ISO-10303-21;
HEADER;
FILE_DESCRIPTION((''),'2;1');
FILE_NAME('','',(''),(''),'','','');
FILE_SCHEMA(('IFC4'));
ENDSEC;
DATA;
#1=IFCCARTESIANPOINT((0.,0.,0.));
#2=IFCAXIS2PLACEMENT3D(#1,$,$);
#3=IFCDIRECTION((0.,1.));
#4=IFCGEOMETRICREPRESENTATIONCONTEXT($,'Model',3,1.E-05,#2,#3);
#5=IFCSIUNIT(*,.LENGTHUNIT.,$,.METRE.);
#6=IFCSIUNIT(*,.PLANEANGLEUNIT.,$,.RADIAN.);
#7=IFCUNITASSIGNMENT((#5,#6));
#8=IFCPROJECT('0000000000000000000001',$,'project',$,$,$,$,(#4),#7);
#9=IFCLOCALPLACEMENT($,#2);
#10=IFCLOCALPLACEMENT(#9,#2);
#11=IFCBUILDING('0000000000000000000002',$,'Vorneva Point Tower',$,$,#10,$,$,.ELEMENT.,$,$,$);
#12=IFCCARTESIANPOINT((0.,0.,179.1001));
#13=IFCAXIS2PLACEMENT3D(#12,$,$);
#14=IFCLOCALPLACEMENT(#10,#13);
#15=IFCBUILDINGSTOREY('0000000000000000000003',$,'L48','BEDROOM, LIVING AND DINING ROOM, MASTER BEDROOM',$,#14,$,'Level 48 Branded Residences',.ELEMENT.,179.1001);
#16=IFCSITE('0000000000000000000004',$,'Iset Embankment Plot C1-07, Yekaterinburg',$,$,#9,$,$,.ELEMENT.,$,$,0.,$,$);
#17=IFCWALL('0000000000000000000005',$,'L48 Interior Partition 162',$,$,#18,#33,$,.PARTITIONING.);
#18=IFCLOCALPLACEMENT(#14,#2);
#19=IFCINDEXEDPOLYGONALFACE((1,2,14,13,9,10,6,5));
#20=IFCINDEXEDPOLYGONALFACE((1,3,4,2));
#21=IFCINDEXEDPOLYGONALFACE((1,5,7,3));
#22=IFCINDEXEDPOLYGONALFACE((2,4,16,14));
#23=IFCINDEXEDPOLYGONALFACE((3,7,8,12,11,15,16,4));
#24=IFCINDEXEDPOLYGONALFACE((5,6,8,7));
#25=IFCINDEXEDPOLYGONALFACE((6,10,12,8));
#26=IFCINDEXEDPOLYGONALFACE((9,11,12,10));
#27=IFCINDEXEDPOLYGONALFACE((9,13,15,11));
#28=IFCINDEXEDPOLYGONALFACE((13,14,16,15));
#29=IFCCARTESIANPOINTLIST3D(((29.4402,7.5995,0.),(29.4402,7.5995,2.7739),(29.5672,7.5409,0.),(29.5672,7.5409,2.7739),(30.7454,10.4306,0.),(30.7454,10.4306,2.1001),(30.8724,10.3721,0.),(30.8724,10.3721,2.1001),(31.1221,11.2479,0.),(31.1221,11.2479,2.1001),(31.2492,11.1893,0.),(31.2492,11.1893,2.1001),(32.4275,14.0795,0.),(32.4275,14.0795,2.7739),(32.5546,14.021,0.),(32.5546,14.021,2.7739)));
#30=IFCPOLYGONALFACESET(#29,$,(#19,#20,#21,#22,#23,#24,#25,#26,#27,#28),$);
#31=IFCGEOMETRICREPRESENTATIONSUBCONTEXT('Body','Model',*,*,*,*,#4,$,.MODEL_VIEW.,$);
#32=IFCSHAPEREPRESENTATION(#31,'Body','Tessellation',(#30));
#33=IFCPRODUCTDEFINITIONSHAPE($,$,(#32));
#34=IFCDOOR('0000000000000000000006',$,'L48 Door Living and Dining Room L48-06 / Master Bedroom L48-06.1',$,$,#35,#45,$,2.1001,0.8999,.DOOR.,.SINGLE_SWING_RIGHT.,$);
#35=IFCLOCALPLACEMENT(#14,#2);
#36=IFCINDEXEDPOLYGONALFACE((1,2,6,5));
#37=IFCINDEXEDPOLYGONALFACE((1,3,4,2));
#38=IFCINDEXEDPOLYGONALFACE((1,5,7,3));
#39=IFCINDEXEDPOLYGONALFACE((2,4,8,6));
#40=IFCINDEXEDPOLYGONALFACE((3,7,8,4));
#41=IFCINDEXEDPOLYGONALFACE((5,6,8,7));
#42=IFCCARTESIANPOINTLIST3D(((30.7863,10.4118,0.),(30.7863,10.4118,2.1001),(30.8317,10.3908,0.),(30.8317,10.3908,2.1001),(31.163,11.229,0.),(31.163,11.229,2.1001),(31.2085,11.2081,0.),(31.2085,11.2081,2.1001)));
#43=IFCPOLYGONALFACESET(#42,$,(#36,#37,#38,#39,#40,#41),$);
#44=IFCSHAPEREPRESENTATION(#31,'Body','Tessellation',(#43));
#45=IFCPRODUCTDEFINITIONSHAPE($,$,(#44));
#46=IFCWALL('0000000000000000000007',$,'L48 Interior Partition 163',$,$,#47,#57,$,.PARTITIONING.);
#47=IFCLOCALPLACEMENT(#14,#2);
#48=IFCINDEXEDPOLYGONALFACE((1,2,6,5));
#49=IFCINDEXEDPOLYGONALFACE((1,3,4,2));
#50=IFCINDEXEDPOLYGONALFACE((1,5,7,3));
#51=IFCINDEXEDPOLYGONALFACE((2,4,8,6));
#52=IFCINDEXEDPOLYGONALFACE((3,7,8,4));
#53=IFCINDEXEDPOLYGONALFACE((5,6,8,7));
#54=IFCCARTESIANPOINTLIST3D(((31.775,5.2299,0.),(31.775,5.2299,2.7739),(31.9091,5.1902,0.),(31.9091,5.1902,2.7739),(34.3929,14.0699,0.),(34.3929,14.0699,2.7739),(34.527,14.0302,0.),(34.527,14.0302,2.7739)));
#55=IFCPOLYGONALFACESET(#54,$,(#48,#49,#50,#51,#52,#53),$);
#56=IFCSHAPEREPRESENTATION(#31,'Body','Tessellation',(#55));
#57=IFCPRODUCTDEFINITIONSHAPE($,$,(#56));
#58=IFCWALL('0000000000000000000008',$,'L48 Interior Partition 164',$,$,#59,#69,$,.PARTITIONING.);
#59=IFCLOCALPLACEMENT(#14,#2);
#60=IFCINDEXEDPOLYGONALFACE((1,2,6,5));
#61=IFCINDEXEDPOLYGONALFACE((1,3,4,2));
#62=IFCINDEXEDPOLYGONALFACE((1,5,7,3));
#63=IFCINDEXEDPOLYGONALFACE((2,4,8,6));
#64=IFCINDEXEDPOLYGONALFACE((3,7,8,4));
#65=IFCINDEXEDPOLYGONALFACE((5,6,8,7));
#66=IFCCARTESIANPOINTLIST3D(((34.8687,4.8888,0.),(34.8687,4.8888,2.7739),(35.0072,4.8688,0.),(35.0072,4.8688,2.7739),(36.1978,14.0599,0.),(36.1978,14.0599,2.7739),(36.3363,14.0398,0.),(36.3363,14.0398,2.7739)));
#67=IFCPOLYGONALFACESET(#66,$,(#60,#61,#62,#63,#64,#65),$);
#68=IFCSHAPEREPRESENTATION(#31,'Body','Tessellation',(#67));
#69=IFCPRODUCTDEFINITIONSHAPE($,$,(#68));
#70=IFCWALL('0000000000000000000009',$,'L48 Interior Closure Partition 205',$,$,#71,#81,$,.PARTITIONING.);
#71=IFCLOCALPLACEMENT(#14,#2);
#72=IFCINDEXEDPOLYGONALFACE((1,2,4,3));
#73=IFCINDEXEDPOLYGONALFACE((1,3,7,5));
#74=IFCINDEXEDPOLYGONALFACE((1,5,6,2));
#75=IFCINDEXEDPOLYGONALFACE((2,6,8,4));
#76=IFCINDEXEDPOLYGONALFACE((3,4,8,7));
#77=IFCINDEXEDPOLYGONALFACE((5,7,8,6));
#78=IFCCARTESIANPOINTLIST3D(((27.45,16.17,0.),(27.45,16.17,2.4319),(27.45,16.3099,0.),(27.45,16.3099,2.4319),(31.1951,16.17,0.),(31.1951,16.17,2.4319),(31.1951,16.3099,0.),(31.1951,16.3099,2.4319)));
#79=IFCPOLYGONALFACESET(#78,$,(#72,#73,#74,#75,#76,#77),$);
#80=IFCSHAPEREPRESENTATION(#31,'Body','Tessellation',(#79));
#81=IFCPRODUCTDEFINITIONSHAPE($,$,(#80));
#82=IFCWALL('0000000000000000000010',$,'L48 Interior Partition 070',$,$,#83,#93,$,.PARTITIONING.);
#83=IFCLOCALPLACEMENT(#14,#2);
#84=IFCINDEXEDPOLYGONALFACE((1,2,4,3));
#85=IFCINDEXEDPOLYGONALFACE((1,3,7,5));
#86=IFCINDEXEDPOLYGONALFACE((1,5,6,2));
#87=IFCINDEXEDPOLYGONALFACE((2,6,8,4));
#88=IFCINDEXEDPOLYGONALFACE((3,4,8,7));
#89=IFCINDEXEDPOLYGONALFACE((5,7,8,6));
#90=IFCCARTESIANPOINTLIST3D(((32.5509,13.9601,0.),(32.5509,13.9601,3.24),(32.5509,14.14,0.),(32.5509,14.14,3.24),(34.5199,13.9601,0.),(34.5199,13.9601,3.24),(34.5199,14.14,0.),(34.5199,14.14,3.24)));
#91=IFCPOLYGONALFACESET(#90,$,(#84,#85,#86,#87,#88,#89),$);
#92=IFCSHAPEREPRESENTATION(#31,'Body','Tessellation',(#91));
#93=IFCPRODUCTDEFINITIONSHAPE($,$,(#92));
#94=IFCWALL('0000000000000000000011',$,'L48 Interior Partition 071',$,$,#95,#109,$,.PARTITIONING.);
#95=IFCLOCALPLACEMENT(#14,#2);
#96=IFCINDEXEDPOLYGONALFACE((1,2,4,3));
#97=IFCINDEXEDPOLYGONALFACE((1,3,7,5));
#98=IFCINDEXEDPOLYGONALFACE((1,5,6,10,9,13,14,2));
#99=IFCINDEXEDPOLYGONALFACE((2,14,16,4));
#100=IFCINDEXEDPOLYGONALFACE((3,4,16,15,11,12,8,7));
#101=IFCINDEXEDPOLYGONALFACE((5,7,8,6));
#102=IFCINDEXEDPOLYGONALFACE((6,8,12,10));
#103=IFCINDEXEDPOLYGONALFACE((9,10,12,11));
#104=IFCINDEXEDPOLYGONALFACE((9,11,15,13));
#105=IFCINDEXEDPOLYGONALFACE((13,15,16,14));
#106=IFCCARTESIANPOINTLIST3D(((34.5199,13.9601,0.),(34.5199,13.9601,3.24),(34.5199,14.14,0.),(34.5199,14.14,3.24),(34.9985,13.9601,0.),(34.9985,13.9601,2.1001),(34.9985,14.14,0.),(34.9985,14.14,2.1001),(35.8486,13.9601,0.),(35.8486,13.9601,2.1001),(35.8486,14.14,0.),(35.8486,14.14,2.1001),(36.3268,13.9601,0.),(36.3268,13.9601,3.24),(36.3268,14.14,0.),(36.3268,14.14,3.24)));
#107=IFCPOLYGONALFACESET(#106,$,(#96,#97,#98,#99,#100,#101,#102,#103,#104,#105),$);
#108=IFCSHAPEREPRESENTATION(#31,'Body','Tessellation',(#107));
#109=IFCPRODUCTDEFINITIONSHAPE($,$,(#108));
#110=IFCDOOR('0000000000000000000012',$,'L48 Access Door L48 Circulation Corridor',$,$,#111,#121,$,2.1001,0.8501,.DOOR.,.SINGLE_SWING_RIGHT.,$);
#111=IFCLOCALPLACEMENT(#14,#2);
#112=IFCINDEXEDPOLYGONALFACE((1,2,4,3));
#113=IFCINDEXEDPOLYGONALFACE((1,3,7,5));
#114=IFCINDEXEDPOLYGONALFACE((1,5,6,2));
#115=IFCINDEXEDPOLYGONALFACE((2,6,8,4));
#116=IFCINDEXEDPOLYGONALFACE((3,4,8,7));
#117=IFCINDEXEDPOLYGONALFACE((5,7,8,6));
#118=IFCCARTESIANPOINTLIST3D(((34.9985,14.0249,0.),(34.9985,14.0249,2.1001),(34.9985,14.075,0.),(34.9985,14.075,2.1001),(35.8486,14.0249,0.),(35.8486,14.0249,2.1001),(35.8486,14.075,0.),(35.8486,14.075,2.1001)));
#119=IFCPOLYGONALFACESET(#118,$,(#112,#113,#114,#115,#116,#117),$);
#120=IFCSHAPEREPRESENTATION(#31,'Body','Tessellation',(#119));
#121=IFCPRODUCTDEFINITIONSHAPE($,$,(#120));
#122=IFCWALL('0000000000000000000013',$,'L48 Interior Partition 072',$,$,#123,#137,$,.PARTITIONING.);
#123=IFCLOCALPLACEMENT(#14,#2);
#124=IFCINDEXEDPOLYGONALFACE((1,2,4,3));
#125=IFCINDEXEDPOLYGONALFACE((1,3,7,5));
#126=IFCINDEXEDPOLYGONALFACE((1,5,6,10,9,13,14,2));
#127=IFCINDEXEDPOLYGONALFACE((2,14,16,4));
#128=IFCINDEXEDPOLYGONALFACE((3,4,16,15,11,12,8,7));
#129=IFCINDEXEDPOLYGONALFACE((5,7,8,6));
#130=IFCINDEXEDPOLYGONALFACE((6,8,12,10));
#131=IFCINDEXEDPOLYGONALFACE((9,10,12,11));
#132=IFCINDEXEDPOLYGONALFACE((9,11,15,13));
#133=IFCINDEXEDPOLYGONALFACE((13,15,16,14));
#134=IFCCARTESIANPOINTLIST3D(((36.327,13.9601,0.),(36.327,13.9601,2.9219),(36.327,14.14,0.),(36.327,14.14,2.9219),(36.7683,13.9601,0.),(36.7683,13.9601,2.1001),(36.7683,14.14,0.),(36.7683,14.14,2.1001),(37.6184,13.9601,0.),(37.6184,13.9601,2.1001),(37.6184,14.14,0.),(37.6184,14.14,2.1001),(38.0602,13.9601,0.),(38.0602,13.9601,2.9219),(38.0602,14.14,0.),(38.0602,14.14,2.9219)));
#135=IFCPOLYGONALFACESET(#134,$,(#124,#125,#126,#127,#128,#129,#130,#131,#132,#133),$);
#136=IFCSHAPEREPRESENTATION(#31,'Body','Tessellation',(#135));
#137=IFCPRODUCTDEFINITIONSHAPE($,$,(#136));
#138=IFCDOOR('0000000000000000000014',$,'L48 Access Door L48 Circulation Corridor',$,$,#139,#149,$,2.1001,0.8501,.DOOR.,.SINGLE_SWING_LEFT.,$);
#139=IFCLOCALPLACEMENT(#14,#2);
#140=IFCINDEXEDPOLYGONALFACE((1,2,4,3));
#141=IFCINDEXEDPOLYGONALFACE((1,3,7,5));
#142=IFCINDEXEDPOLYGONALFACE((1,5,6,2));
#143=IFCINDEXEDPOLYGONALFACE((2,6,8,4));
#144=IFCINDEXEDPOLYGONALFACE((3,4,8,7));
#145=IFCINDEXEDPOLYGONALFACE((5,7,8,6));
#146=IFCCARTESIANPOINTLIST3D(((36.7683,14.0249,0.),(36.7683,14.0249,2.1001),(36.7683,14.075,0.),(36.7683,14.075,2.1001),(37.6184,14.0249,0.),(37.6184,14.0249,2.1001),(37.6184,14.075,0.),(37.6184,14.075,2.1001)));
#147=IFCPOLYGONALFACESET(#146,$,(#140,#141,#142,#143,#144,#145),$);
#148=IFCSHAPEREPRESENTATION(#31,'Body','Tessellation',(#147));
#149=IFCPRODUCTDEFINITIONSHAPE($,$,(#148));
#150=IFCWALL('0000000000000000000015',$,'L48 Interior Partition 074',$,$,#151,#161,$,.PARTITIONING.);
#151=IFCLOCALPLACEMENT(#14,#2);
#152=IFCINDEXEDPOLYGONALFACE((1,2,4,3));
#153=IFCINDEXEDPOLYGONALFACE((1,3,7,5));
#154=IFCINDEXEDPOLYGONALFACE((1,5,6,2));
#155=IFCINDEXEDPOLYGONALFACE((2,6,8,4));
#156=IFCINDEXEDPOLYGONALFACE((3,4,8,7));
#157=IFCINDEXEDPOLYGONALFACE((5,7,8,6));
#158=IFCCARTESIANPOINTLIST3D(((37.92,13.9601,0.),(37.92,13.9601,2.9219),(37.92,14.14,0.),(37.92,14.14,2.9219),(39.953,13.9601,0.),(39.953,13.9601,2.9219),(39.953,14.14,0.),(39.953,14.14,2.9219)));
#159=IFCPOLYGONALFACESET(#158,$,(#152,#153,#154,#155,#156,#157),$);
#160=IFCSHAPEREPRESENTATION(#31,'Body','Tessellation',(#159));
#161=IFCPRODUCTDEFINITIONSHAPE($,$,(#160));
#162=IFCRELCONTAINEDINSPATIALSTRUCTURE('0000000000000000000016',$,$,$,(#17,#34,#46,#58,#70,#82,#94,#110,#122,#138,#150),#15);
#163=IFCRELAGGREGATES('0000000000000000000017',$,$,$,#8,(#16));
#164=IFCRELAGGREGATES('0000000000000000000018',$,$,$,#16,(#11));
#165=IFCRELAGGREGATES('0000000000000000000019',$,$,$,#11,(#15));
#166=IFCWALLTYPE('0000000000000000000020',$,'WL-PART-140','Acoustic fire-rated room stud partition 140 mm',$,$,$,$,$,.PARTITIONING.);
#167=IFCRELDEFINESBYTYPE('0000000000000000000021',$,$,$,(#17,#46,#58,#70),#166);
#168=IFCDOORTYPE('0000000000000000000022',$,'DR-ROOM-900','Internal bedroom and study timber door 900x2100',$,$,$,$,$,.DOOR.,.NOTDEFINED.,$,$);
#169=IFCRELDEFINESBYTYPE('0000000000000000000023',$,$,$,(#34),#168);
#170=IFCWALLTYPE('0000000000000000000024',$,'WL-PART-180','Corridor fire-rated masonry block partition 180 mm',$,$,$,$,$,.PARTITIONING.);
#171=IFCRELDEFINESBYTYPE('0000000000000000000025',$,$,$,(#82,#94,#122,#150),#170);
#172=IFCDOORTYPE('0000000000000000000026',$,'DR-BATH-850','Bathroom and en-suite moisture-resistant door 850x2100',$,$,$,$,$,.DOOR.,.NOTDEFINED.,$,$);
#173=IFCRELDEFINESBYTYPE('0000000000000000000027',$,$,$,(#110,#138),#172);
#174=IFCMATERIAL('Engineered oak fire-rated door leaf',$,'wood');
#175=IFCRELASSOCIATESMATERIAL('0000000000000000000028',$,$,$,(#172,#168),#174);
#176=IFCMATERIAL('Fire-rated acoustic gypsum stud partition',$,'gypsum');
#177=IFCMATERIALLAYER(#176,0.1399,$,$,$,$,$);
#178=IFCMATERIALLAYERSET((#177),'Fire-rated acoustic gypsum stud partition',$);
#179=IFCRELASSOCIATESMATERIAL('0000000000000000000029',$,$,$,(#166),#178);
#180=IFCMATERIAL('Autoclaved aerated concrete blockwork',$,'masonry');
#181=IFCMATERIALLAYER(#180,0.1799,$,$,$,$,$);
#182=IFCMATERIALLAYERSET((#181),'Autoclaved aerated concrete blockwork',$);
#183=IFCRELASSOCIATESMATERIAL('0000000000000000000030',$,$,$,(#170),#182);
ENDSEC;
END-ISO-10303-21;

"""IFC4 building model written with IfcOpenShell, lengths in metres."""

from ifc_helpers import new_model, si_unit, direction, frame, frame_2d, origin, place, context, subcontext, project, spatial, rectangle, extrude, material, layer, layer_set, type_object, element, fill, save


model = new_model("IFC4")

# Units and contexts
model_context = context("Model", 3, precision=1e-05, world=origin(), true_north=direction((0.0, 1.0)))
body_context = subcontext(model_context, "Body", "Model", "MODEL_VIEW")
ifc_project = project(units=[si_unit("LENGTHUNIT", "METRE"), si_unit("PLANEANGLEUNIT", "RADIAN")], contexts=[model_context])

# Site, building, storey
site_placement = place(None, origin())
site = spatial("IfcSite", under=ifc_project, at=site_placement, Name="Iset Embankment Plot C1-07, Yekaterinburg", CompositionType="ELEMENT", RefElevation=0.0)
building_placement = place(site_placement, origin())
building = spatial("IfcBuilding", under=site, at=building_placement, Name="Vorneva Point Tower", CompositionType="ELEMENT")
storey_placement = place(building_placement, frame((0.0, 0.0, 179.1001)))
storey = spatial("IfcBuildingStorey", under=building, at=storey_placement, Name="L48", Description="BEDROOM, LIVING AND DINING ROOM, MASTER BEDROOM", LongName="Level 48 Branded Residences", CompositionType="ELEMENT", Elevation=179.1001)

# Shared definitions
ifc_material_1 = material(Name="Fire-rated acoustic gypsum stud partition", Category="gypsum")
ifc_material_2 = material(Name="Engineered oak fire-rated door leaf", Category="wood")
door_type_1 = type_object("IfcDoorType", Name="DR-BATH-850", Description="Bathroom and en-suite moisture-resistant door 850x2100", OperationType="NOTDEFINED", PredefinedType="DOOR", material=ifc_material_2)

# Wall, opening, door
ifc_layer_1 = layer(ifc_material_1, 0.1399)
ifc_layer_set_1 = layer_set([ifc_layer_1], Name="Fire-rated acoustic gypsum stud partition")
wall_type_1 = type_object("IfcWallType", Name="WL-PART-140", Description="Acoustic fire-rated room stud partition 140 mm", PredefinedType="PARTITIONING", material=ifc_layer_set_1)
wall_1_placement = place(storey_placement, frame((29.5037, 7.5701, 0.0), z_axis=(0.0, 0.0, 1.0), x_axis=(0.418659, 0.908144, 0.0)))
wall_1 = element("IfcWall", 1, at=wall_1_placement, inside=storey, type_object=wall_type_1, Name="L48 Interior Partition 162", PredefinedType="PARTITIONING", context=body_context, shape_type="SweptSolid", body=[
    extrude(rectangle(XDim=7.1355, YDim=0.1399, at=frame_2d((3.5679, 0.0))), origin(), (0.0, 0.0, 1.0), 2.7739),
])
opening_1_placement = place(wall_1_placement, frame((3.1177, 0.0, 0.0)))
opening_1 = element("IfcOpeningElement", 2, at=opening_1_placement, cuts=wall_1, PredefinedType="OPENING", context=body_context, shape_type="SweptSolid", body=[
    extrude(rectangle(XDim=0.8999, YDim=2.1001, at=frame_2d((0.45, 1.05))), frame((0.0, 0.085, 0.0), z_axis=(0.0, -1.0, 0.0), x_axis=(1.0, 0.0, 0.0)), (0.0, 0.0, 1.0), 0.1697),
])
door_type_2 = type_object("IfcDoorType", Name="DR-ROOM-900", Description="Internal bedroom and study timber door 900x2100", OperationType="NOTDEFINED", PredefinedType="DOOR", material=ifc_material_2)
door_1_placement = place(opening_1_placement, origin())
door_1 = element("IfcDoor", 3, at=door_1_placement, inside=storey, type_object=door_type_2, Name="L48 Door Living and Dining Room L48-06 / Master Bedroom L48-06.1", OperationType="SINGLE_SWING_RIGHT", OverallHeight=2.1001, OverallWidth=0.8999, PredefinedType="DOOR", context=body_context, shape_type="SweptSolid", body=[
    extrude(rectangle(XDim=0.8999, YDim=2.1001, at=frame_2d((0.45, 1.05))), frame((0.0, 0.0249, 0.0), z_axis=(0.0, -1.0, 0.0), x_axis=(1.0, 0.0, 0.0)), (0.0, 0.0, 1.0), 0.05),
])
fill(opening_1, door_1)

# Walls
wall_2_placement = place(storey_placement, frame((31.842, 5.21, 0.0), z_axis=(0.0, 0.0, 1.0), x_axis=(0.283952, 0.958838, 0.0)))
element("IfcWall", 4, at=wall_2_placement, inside=storey, type_object=wall_type_1, Name="L48 Interior Partition 163", PredefinedType="PARTITIONING", context=body_context, shape_type="SweptSolid", body=[
    extrude(rectangle(XDim=9.2195, YDim=0.1399, at=frame_2d((4.6099, 0.0))), origin(), (0.0, 0.0, 1.0), 2.7739),
])
wall_3_placement = place(storey_placement, frame((34.938, 4.8789, 0.0), z_axis=(0.0, 0.0, 1.0), x_axis=(0.143424, 0.989661, 0.0)))
element("IfcWall", 5, at=wall_3_placement, inside=storey, type_object=wall_type_1, Name="L48 Interior Partition 164", PredefinedType="PARTITIONING", context=body_context, shape_type="SweptSolid", body=[
    extrude(rectangle(XDim=9.2668, YDim=0.1399, at=frame_2d((4.6333, 0.0))), origin(), (0.0, 0.0, 1.0), 2.7739),
])
wall_4_placement = place(storey_placement, frame((27.45, 16.24, 0.0), z_axis=(0.0, 0.0, 1.0), x_axis=(1.0, 0.0, 0.0)))
element("IfcWall", 6, at=wall_4_placement, inside=storey, type_object=wall_type_1, Name="L48 Interior Closure Partition 205", PredefinedType="PARTITIONING", context=body_context, shape_type="SweptSolid", body=[
    extrude(rectangle(XDim=3.7451, YDim=0.1399, at=frame_2d((1.8726, 0.0))), origin(), (0.0, 0.0, 1.0), 2.4319),
])

# Shared definitions
ifc_material_3 = material(Name="Autoclaved aerated concrete blockwork", Category="masonry")
ifc_layer_2 = layer(ifc_material_3, 0.1799)
ifc_layer_set_2 = layer_set([ifc_layer_2], Name="Autoclaved aerated concrete blockwork")
wall_type_2 = type_object("IfcWallType", Name="WL-PART-180", Description="Corridor fire-rated masonry block partition 180 mm", PredefinedType="PARTITIONING", material=ifc_layer_set_2)

# Wall
wall_5_placement = place(storey_placement, frame((32.551, 14.05, 0.0), z_axis=(0.0, 0.0, 1.0), x_axis=(1.0, 0.0, 0.0)))
element("IfcWall", 7, at=wall_5_placement, inside=storey, type_object=wall_type_2, Name="L48 Interior Partition 070", PredefinedType="PARTITIONING", context=body_context, shape_type="SweptSolid", body=[
    extrude(rectangle(XDim=1.969, YDim=0.1799, at=frame_2d((0.9844, 0.0))), origin(), (0.0, 0.0, 1.0), 3.24),
])

# Walls, openings, doors
wall_6_placement = place(storey_placement, frame((34.52, 14.05, 0.0), z_axis=(0.0, 0.0, 1.0), x_axis=(1.0, 0.0, 0.0)))
wall_6 = element("IfcWall", 8, at=wall_6_placement, inside=storey, type_object=wall_type_2, Name="L48 Interior Partition 071", PredefinedType="PARTITIONING", context=body_context, shape_type="SweptSolid", body=[
    extrude(rectangle(XDim=1.8069, YDim=0.1799, at=frame_2d((0.9033, 0.0))), origin(), (0.0, 0.0, 1.0), 3.24),
])
opening_2_placement = place(wall_6_placement, frame((0.4785, 0.0, 0.0)))
opening_2 = element("IfcOpeningElement", 9, at=opening_2_placement, cuts=wall_6, PredefinedType="OPENING", context=body_context, shape_type="SweptSolid", body=[
    extrude(rectangle(XDim=0.8501, YDim=2.1001, at=frame_2d((0.425, 1.05))), frame((0.0, 0.105, 0.0), z_axis=(0.0, -1.0, 0.0), x_axis=(1.0, 0.0, 0.0)), (0.0, 0.0, 1.0), 0.2097),
])
door_2_placement = place(opening_2_placement, origin())
door_2 = element("IfcDoor", 10, at=door_2_placement, inside=storey, type_object=door_type_1, Name="L48 Access Door L48 Circulation Corridor", OperationType="SINGLE_SWING_RIGHT", OverallHeight=2.1001, OverallWidth=0.8501, PredefinedType="DOOR", context=body_context, shape_type="SweptSolid", body=[
    extrude(rectangle(XDim=0.8501, YDim=2.1001, at=frame_2d((0.425, 1.05))), frame((0.0, 0.0249, 0.0), z_axis=(0.0, -1.0, 0.0), x_axis=(1.0, 0.0, 0.0)), (0.0, 0.0, 1.0), 0.05),
])
fill(opening_2, door_2)
wall_7_placement = place(storey_placement, frame((36.3269, 14.05, 0.0), z_axis=(0.0, 0.0, 1.0), x_axis=(1.0, 0.0, 0.0)))
wall_7 = element("IfcWall", 11, at=wall_7_placement, inside=storey, type_object=wall_type_2, Name="L48 Interior Partition 072", PredefinedType="PARTITIONING", context=body_context, shape_type="SweptSolid", body=[
    extrude(rectangle(XDim=1.7332, YDim=0.1799, at=frame_2d((0.8667, 0.0))), origin(), (0.0, 0.0, 1.0), 2.9219),
])
opening_3_placement = place(wall_7_placement, frame((0.4414, 0.0, 0.0)))
opening_3 = element("IfcOpeningElement", 12, at=opening_3_placement, cuts=wall_7, PredefinedType="OPENING", context=body_context, shape_type="SweptSolid", body=[
    extrude(rectangle(XDim=0.8501, YDim=2.1001, at=frame_2d((0.425, 1.05))), frame((0.0, 0.105, 0.0), z_axis=(0.0, -1.0, 0.0), x_axis=(1.0, 0.0, 0.0)), (0.0, 0.0, 1.0), 0.2097),
])
door_3_placement = place(opening_3_placement, origin())
door_3 = element("IfcDoor", 13, at=door_3_placement, inside=storey, type_object=door_type_1, Name="L48 Access Door L48 Circulation Corridor", OperationType="SINGLE_SWING_LEFT", OverallHeight=2.1001, OverallWidth=0.8501, PredefinedType="DOOR", context=body_context, shape_type="SweptSolid", body=[
    extrude(rectangle(XDim=0.8501, YDim=2.1001, at=frame_2d((0.425, 1.05))), frame((0.0, 0.0249, 0.0), z_axis=(0.0, -1.0, 0.0), x_axis=(1.0, 0.0, 0.0)), (0.0, 0.0, 1.0), 0.05),
])
fill(opening_3, door_3)

# Wall
wall_8_placement = place(storey_placement, frame((37.9199, 14.05, 0.0), z_axis=(0.0, 0.0, 1.0), x_axis=(1.0, 0.0, 0.0)))
element("IfcWall", 14, at=wall_8_placement, inside=storey, type_object=wall_type_2, Name="L48 Interior Partition 074", PredefinedType="PARTITIONING", context=body_context, shape_type="SweptSolid", body=[
    extrude(rectangle(XDim=2.033, YDim=0.1799, at=frame_2d((1.0166, 0.0))), origin(), (0.0, 0.0, 1.0), 2.9219),
])

save(model, "model.ifc")
